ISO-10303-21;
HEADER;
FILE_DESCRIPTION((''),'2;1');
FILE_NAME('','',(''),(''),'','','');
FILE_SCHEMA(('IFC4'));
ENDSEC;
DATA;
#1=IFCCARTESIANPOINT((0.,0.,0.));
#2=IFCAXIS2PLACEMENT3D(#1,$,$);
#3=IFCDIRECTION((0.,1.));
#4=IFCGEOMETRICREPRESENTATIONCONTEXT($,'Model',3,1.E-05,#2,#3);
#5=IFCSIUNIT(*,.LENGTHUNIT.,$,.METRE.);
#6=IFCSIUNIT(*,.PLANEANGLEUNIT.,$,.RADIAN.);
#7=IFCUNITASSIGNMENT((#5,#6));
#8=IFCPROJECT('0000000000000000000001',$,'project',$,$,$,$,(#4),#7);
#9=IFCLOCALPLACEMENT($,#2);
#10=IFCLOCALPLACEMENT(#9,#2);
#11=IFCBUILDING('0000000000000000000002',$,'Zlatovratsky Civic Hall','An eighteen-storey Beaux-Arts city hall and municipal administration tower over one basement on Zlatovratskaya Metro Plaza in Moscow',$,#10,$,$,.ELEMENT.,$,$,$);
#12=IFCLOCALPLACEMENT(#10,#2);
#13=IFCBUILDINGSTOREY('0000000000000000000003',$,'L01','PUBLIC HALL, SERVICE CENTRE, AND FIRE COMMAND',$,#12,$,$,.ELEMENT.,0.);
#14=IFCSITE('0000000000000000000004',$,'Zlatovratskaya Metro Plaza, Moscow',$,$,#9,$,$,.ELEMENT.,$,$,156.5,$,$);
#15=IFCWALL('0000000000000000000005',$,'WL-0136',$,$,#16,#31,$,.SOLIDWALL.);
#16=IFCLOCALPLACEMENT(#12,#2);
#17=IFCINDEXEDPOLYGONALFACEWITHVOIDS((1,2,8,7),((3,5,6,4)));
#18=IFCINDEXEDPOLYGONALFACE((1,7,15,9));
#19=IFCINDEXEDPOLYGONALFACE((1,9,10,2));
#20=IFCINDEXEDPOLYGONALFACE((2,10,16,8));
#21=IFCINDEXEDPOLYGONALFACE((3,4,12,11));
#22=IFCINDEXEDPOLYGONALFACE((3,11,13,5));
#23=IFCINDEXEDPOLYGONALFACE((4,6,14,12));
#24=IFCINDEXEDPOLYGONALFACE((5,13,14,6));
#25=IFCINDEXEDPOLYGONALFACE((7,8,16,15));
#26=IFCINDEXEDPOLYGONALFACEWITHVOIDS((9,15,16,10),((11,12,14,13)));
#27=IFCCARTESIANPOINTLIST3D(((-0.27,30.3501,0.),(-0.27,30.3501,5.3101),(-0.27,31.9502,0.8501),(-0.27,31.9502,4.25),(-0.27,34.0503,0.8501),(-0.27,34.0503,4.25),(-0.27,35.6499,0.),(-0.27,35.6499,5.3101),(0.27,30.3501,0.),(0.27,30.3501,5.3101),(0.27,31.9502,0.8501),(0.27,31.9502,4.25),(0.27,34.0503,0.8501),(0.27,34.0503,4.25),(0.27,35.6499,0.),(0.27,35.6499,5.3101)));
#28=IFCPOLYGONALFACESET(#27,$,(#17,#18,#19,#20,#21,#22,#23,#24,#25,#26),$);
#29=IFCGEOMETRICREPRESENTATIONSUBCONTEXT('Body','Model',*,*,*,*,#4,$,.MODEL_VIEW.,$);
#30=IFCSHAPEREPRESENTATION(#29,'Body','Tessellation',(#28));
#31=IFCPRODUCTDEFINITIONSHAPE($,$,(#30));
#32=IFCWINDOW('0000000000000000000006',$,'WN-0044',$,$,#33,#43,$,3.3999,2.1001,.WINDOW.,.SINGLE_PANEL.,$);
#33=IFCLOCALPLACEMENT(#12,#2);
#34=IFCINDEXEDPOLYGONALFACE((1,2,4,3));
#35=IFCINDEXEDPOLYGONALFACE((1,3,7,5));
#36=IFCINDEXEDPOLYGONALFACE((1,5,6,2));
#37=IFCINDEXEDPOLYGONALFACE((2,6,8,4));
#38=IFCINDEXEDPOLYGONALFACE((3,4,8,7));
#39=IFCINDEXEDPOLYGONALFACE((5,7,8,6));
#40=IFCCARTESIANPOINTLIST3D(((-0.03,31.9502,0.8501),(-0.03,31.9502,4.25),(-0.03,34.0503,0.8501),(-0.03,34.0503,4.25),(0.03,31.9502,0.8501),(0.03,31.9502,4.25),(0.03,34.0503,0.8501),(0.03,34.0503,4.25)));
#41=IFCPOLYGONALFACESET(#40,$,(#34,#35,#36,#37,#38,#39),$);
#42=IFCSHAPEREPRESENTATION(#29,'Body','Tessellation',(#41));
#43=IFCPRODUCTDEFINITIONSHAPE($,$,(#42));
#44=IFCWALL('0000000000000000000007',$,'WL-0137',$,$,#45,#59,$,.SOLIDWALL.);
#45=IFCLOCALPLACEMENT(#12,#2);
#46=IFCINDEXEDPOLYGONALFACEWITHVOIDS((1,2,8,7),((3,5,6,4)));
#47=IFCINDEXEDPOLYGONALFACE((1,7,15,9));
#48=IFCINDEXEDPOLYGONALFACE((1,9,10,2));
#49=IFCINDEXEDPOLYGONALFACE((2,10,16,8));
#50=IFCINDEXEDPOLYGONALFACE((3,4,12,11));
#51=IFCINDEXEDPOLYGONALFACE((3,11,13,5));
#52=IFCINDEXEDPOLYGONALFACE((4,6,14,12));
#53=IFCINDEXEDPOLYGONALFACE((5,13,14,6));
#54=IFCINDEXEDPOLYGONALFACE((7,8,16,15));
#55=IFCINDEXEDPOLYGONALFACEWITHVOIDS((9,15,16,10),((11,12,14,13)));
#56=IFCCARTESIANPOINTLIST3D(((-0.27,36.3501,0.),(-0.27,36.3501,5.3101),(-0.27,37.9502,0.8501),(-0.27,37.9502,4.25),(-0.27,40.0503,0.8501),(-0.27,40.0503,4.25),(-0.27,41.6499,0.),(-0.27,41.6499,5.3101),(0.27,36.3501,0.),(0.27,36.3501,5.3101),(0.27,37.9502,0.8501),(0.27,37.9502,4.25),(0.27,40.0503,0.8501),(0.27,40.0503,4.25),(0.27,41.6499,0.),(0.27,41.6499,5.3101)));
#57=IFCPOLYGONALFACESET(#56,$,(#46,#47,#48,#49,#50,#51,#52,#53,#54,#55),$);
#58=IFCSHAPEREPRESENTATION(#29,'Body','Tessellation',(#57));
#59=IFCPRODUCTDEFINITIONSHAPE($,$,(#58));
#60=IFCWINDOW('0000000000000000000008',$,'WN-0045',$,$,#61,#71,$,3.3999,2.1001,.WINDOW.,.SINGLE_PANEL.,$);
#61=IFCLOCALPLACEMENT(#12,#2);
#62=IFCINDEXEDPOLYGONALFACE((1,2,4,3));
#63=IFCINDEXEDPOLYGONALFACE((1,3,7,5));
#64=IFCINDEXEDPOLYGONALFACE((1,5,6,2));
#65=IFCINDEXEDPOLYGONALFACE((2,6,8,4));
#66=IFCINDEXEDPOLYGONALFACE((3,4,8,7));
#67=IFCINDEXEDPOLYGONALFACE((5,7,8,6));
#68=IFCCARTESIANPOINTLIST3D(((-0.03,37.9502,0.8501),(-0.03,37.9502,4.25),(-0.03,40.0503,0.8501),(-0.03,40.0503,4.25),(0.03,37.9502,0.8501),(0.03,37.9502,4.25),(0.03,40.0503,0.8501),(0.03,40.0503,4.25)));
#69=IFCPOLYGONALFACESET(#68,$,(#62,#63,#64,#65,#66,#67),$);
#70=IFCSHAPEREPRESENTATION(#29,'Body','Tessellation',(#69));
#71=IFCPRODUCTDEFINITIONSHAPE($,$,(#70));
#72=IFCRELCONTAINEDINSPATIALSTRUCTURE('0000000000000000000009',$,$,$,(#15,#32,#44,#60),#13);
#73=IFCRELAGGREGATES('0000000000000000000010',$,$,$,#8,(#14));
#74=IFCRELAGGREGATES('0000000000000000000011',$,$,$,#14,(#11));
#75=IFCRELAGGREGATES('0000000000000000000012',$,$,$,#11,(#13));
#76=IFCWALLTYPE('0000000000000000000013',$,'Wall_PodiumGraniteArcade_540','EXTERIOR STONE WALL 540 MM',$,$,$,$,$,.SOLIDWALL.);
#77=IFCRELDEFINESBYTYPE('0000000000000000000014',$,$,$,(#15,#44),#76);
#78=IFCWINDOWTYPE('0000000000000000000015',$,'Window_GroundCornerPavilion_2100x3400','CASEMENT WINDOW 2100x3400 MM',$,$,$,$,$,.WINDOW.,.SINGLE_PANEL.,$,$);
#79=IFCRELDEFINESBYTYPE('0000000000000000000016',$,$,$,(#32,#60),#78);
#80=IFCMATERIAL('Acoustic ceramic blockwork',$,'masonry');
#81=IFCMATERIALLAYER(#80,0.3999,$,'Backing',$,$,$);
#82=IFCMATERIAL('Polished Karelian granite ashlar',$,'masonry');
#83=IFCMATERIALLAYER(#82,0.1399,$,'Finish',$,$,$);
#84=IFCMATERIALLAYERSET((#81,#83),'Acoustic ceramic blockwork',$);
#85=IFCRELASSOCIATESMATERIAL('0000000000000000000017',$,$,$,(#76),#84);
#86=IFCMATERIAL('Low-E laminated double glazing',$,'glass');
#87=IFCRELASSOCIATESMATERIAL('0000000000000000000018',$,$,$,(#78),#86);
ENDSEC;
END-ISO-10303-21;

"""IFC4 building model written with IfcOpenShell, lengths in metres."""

from ifc_helpers import new_model, si_unit, direction, frame, frame_2d, origin, place, context, subcontext, project, spatial, rectangle, extrude, material, layer, layer_set, type_object, element, fill, save


model = new_model("IFC4")

# Units and contexts
model_context = context("Model", 3, precision=1e-05, world=origin(), true_north=direction((0.0, 1.0)))
body_context = subcontext(model_context, "Body", "Model", "MODEL_VIEW")
ifc_project = project(units=[si_unit("LENGTHUNIT", "METRE"), si_unit("PLANEANGLEUNIT", "RADIAN")], contexts=[model_context])

# Site, building, storey
site_placement = place(None, origin())
site = spatial("IfcSite", under=ifc_project, at=site_placement, Name="Zlatovratskaya Metro Plaza, Moscow", CompositionType="ELEMENT", RefElevation=156.5)
building_placement = place(site_placement, origin())
building = spatial("IfcBuilding", under=site, at=building_placement, Name="Zlatovratsky Civic Hall", Description="An eighteen-storey Beaux-Arts city hall and municipal administration tower over one basement on Zlatovratskaya Metro Plaza in Moscow", CompositionType="ELEMENT")
storey_placement = place(building_placement, origin())
storey = spatial("IfcBuildingStorey", under=building, at=storey_placement, Name="L01", Description="PUBLIC HALL, SERVICE CENTRE, AND FIRE COMMAND", CompositionType="ELEMENT", Elevation=0.0)

# Walls, openings, windows
ifc_material_1 = material(Name="Acoustic ceramic blockwork", Category="masonry")
ifc_layer_1 = layer(ifc_material_1, 0.3999, Name="Backing")
ifc_material_2 = material(Name="Polished Karelian granite ashlar", Category="masonry")
ifc_layer_2 = layer(ifc_material_2, 0.1399, Name="Finish")
ifc_layer_set = layer_set([ifc_layer_1, ifc_layer_2], Name="Acoustic ceramic blockwork")
wall_type = type_object("IfcWallType", Name="Wall_PodiumGraniteArcade_540", Description="EXTERIOR STONE WALL 540 MM", PredefinedType="SOLIDWALL", material=ifc_layer_set)
wall_1_placement = place(storey_placement, frame((0.0, 30.3501, 0.0), z_axis=(0.0, 0.0, 1.0), x_axis=(0.0, 1.0, 0.0)))
wall_1 = element("IfcWall", 1, at=wall_1_placement, inside=storey, type_object=wall_type, Name="WL-0136", PredefinedType="SOLIDWALL", context=body_context, shape_type="SweptSolid", body=[
    extrude(rectangle(XDim=5.2998, YDim=0.54, at=frame_2d((2.6499, 0.0))), origin(), (0.0, 0.0, 1.0), 5.3101),
])
opening_1_placement = place(wall_1_placement, frame((1.6001, 0.0, 0.8501)))
opening_1 = element("IfcOpeningElement", 2, at=opening_1_placement, cuts=wall_1, PredefinedType="OPENING", context=body_context, shape_type="SweptSolid", body=[
    extrude(rectangle(XDim=2.1001, YDim=3.3999, at=frame_2d((1.05, 1.7))), frame((0.0, 0.2849, 0.0), z_axis=(0.0, -1.0, 0.0), x_axis=(1.0, 0.0, 0.0)), (0.0, 0.0, 1.0), 0.5698),
])
ifc_material_3 = material(Name="Low-E laminated double glazing", Category="glass")
window_type = type_object("IfcWindowType", Name="Window_GroundCornerPavilion_2100x3400", Description="CASEMENT WINDOW 2100x3400 MM", PartitioningType="SINGLE_PANEL", PredefinedType="WINDOW", material=ifc_material_3)
window_1_placement = place(opening_1_placement, origin())
window_1 = element("IfcWindow", 3, at=window_1_placement, inside=storey, type_object=window_type, Name="WN-0044", OverallHeight=3.3999, OverallWidth=2.1001, PartitioningType="SINGLE_PANEL", PredefinedType="WINDOW", context=body_context, shape_type="SweptSolid", body=[
    extrude(rectangle(XDim=2.1001, YDim=3.3999, at=frame_2d((1.05, 1.7))), frame((0.0, 0.03, 0.0), z_axis=(0.0, -1.0, 0.0), x_axis=(1.0, 0.0, 0.0)), (0.0, 0.0, 1.0), 0.0601),
])
fill(opening_1, window_1)
wall_2_placement = place(storey_placement, frame((0.0, 36.3501, 0.0), z_axis=(0.0, 0.0, 1.0), x_axis=(0.0, 1.0, 0.0)))
wall_2 = element("IfcWall", 4, at=wall_2_placement, inside=storey, type_object=wall_type, Name="WL-0137", PredefinedType="SOLIDWALL", context=body_context, shape_type="SweptSolid", body=[
    extrude(rectangle(XDim=5.2998, YDim=0.54, at=frame_2d((2.6499, 0.0))), origin(), (0.0, 0.0, 1.0), 5.3101),
])
opening_2_placement = place(wall_2_placement, frame((1.6001, 0.0, 0.8501)))
opening_2 = element("IfcOpeningElement", 5, at=opening_2_placement, cuts=wall_2, PredefinedType="OPENING", context=body_context, shape_type="SweptSolid", body=[
    extrude(rectangle(XDim=2.1001, YDim=3.3999, at=frame_2d((1.05, 1.7))), frame((0.0, 0.2849, 0.0), z_axis=(0.0, -1.0, 0.0), x_axis=(1.0, 0.0, 0.0)), (0.0, 0.0, 1.0), 0.5698),
])
window_2_placement = place(opening_2_placement, origin())
window_2 = element("IfcWindow", 6, at=window_2_placement, inside=storey, type_object=window_type, Name="WN-0045", OverallHeight=3.3999, OverallWidth=2.1001, PartitioningType="SINGLE_PANEL", PredefinedType="WINDOW", context=body_context, shape_type="SweptSolid", body=[
    extrude(rectangle(XDim=2.1001, YDim=3.3999, at=frame_2d((1.05, 1.7))), frame((0.0, 0.03, 0.0), z_axis=(0.0, -1.0, 0.0), x_axis=(1.0, 0.0, 0.0)), (0.0, 0.0, 1.0), 0.0601),
])
fill(opening_2, window_2)

save(model, "model.ifc")
